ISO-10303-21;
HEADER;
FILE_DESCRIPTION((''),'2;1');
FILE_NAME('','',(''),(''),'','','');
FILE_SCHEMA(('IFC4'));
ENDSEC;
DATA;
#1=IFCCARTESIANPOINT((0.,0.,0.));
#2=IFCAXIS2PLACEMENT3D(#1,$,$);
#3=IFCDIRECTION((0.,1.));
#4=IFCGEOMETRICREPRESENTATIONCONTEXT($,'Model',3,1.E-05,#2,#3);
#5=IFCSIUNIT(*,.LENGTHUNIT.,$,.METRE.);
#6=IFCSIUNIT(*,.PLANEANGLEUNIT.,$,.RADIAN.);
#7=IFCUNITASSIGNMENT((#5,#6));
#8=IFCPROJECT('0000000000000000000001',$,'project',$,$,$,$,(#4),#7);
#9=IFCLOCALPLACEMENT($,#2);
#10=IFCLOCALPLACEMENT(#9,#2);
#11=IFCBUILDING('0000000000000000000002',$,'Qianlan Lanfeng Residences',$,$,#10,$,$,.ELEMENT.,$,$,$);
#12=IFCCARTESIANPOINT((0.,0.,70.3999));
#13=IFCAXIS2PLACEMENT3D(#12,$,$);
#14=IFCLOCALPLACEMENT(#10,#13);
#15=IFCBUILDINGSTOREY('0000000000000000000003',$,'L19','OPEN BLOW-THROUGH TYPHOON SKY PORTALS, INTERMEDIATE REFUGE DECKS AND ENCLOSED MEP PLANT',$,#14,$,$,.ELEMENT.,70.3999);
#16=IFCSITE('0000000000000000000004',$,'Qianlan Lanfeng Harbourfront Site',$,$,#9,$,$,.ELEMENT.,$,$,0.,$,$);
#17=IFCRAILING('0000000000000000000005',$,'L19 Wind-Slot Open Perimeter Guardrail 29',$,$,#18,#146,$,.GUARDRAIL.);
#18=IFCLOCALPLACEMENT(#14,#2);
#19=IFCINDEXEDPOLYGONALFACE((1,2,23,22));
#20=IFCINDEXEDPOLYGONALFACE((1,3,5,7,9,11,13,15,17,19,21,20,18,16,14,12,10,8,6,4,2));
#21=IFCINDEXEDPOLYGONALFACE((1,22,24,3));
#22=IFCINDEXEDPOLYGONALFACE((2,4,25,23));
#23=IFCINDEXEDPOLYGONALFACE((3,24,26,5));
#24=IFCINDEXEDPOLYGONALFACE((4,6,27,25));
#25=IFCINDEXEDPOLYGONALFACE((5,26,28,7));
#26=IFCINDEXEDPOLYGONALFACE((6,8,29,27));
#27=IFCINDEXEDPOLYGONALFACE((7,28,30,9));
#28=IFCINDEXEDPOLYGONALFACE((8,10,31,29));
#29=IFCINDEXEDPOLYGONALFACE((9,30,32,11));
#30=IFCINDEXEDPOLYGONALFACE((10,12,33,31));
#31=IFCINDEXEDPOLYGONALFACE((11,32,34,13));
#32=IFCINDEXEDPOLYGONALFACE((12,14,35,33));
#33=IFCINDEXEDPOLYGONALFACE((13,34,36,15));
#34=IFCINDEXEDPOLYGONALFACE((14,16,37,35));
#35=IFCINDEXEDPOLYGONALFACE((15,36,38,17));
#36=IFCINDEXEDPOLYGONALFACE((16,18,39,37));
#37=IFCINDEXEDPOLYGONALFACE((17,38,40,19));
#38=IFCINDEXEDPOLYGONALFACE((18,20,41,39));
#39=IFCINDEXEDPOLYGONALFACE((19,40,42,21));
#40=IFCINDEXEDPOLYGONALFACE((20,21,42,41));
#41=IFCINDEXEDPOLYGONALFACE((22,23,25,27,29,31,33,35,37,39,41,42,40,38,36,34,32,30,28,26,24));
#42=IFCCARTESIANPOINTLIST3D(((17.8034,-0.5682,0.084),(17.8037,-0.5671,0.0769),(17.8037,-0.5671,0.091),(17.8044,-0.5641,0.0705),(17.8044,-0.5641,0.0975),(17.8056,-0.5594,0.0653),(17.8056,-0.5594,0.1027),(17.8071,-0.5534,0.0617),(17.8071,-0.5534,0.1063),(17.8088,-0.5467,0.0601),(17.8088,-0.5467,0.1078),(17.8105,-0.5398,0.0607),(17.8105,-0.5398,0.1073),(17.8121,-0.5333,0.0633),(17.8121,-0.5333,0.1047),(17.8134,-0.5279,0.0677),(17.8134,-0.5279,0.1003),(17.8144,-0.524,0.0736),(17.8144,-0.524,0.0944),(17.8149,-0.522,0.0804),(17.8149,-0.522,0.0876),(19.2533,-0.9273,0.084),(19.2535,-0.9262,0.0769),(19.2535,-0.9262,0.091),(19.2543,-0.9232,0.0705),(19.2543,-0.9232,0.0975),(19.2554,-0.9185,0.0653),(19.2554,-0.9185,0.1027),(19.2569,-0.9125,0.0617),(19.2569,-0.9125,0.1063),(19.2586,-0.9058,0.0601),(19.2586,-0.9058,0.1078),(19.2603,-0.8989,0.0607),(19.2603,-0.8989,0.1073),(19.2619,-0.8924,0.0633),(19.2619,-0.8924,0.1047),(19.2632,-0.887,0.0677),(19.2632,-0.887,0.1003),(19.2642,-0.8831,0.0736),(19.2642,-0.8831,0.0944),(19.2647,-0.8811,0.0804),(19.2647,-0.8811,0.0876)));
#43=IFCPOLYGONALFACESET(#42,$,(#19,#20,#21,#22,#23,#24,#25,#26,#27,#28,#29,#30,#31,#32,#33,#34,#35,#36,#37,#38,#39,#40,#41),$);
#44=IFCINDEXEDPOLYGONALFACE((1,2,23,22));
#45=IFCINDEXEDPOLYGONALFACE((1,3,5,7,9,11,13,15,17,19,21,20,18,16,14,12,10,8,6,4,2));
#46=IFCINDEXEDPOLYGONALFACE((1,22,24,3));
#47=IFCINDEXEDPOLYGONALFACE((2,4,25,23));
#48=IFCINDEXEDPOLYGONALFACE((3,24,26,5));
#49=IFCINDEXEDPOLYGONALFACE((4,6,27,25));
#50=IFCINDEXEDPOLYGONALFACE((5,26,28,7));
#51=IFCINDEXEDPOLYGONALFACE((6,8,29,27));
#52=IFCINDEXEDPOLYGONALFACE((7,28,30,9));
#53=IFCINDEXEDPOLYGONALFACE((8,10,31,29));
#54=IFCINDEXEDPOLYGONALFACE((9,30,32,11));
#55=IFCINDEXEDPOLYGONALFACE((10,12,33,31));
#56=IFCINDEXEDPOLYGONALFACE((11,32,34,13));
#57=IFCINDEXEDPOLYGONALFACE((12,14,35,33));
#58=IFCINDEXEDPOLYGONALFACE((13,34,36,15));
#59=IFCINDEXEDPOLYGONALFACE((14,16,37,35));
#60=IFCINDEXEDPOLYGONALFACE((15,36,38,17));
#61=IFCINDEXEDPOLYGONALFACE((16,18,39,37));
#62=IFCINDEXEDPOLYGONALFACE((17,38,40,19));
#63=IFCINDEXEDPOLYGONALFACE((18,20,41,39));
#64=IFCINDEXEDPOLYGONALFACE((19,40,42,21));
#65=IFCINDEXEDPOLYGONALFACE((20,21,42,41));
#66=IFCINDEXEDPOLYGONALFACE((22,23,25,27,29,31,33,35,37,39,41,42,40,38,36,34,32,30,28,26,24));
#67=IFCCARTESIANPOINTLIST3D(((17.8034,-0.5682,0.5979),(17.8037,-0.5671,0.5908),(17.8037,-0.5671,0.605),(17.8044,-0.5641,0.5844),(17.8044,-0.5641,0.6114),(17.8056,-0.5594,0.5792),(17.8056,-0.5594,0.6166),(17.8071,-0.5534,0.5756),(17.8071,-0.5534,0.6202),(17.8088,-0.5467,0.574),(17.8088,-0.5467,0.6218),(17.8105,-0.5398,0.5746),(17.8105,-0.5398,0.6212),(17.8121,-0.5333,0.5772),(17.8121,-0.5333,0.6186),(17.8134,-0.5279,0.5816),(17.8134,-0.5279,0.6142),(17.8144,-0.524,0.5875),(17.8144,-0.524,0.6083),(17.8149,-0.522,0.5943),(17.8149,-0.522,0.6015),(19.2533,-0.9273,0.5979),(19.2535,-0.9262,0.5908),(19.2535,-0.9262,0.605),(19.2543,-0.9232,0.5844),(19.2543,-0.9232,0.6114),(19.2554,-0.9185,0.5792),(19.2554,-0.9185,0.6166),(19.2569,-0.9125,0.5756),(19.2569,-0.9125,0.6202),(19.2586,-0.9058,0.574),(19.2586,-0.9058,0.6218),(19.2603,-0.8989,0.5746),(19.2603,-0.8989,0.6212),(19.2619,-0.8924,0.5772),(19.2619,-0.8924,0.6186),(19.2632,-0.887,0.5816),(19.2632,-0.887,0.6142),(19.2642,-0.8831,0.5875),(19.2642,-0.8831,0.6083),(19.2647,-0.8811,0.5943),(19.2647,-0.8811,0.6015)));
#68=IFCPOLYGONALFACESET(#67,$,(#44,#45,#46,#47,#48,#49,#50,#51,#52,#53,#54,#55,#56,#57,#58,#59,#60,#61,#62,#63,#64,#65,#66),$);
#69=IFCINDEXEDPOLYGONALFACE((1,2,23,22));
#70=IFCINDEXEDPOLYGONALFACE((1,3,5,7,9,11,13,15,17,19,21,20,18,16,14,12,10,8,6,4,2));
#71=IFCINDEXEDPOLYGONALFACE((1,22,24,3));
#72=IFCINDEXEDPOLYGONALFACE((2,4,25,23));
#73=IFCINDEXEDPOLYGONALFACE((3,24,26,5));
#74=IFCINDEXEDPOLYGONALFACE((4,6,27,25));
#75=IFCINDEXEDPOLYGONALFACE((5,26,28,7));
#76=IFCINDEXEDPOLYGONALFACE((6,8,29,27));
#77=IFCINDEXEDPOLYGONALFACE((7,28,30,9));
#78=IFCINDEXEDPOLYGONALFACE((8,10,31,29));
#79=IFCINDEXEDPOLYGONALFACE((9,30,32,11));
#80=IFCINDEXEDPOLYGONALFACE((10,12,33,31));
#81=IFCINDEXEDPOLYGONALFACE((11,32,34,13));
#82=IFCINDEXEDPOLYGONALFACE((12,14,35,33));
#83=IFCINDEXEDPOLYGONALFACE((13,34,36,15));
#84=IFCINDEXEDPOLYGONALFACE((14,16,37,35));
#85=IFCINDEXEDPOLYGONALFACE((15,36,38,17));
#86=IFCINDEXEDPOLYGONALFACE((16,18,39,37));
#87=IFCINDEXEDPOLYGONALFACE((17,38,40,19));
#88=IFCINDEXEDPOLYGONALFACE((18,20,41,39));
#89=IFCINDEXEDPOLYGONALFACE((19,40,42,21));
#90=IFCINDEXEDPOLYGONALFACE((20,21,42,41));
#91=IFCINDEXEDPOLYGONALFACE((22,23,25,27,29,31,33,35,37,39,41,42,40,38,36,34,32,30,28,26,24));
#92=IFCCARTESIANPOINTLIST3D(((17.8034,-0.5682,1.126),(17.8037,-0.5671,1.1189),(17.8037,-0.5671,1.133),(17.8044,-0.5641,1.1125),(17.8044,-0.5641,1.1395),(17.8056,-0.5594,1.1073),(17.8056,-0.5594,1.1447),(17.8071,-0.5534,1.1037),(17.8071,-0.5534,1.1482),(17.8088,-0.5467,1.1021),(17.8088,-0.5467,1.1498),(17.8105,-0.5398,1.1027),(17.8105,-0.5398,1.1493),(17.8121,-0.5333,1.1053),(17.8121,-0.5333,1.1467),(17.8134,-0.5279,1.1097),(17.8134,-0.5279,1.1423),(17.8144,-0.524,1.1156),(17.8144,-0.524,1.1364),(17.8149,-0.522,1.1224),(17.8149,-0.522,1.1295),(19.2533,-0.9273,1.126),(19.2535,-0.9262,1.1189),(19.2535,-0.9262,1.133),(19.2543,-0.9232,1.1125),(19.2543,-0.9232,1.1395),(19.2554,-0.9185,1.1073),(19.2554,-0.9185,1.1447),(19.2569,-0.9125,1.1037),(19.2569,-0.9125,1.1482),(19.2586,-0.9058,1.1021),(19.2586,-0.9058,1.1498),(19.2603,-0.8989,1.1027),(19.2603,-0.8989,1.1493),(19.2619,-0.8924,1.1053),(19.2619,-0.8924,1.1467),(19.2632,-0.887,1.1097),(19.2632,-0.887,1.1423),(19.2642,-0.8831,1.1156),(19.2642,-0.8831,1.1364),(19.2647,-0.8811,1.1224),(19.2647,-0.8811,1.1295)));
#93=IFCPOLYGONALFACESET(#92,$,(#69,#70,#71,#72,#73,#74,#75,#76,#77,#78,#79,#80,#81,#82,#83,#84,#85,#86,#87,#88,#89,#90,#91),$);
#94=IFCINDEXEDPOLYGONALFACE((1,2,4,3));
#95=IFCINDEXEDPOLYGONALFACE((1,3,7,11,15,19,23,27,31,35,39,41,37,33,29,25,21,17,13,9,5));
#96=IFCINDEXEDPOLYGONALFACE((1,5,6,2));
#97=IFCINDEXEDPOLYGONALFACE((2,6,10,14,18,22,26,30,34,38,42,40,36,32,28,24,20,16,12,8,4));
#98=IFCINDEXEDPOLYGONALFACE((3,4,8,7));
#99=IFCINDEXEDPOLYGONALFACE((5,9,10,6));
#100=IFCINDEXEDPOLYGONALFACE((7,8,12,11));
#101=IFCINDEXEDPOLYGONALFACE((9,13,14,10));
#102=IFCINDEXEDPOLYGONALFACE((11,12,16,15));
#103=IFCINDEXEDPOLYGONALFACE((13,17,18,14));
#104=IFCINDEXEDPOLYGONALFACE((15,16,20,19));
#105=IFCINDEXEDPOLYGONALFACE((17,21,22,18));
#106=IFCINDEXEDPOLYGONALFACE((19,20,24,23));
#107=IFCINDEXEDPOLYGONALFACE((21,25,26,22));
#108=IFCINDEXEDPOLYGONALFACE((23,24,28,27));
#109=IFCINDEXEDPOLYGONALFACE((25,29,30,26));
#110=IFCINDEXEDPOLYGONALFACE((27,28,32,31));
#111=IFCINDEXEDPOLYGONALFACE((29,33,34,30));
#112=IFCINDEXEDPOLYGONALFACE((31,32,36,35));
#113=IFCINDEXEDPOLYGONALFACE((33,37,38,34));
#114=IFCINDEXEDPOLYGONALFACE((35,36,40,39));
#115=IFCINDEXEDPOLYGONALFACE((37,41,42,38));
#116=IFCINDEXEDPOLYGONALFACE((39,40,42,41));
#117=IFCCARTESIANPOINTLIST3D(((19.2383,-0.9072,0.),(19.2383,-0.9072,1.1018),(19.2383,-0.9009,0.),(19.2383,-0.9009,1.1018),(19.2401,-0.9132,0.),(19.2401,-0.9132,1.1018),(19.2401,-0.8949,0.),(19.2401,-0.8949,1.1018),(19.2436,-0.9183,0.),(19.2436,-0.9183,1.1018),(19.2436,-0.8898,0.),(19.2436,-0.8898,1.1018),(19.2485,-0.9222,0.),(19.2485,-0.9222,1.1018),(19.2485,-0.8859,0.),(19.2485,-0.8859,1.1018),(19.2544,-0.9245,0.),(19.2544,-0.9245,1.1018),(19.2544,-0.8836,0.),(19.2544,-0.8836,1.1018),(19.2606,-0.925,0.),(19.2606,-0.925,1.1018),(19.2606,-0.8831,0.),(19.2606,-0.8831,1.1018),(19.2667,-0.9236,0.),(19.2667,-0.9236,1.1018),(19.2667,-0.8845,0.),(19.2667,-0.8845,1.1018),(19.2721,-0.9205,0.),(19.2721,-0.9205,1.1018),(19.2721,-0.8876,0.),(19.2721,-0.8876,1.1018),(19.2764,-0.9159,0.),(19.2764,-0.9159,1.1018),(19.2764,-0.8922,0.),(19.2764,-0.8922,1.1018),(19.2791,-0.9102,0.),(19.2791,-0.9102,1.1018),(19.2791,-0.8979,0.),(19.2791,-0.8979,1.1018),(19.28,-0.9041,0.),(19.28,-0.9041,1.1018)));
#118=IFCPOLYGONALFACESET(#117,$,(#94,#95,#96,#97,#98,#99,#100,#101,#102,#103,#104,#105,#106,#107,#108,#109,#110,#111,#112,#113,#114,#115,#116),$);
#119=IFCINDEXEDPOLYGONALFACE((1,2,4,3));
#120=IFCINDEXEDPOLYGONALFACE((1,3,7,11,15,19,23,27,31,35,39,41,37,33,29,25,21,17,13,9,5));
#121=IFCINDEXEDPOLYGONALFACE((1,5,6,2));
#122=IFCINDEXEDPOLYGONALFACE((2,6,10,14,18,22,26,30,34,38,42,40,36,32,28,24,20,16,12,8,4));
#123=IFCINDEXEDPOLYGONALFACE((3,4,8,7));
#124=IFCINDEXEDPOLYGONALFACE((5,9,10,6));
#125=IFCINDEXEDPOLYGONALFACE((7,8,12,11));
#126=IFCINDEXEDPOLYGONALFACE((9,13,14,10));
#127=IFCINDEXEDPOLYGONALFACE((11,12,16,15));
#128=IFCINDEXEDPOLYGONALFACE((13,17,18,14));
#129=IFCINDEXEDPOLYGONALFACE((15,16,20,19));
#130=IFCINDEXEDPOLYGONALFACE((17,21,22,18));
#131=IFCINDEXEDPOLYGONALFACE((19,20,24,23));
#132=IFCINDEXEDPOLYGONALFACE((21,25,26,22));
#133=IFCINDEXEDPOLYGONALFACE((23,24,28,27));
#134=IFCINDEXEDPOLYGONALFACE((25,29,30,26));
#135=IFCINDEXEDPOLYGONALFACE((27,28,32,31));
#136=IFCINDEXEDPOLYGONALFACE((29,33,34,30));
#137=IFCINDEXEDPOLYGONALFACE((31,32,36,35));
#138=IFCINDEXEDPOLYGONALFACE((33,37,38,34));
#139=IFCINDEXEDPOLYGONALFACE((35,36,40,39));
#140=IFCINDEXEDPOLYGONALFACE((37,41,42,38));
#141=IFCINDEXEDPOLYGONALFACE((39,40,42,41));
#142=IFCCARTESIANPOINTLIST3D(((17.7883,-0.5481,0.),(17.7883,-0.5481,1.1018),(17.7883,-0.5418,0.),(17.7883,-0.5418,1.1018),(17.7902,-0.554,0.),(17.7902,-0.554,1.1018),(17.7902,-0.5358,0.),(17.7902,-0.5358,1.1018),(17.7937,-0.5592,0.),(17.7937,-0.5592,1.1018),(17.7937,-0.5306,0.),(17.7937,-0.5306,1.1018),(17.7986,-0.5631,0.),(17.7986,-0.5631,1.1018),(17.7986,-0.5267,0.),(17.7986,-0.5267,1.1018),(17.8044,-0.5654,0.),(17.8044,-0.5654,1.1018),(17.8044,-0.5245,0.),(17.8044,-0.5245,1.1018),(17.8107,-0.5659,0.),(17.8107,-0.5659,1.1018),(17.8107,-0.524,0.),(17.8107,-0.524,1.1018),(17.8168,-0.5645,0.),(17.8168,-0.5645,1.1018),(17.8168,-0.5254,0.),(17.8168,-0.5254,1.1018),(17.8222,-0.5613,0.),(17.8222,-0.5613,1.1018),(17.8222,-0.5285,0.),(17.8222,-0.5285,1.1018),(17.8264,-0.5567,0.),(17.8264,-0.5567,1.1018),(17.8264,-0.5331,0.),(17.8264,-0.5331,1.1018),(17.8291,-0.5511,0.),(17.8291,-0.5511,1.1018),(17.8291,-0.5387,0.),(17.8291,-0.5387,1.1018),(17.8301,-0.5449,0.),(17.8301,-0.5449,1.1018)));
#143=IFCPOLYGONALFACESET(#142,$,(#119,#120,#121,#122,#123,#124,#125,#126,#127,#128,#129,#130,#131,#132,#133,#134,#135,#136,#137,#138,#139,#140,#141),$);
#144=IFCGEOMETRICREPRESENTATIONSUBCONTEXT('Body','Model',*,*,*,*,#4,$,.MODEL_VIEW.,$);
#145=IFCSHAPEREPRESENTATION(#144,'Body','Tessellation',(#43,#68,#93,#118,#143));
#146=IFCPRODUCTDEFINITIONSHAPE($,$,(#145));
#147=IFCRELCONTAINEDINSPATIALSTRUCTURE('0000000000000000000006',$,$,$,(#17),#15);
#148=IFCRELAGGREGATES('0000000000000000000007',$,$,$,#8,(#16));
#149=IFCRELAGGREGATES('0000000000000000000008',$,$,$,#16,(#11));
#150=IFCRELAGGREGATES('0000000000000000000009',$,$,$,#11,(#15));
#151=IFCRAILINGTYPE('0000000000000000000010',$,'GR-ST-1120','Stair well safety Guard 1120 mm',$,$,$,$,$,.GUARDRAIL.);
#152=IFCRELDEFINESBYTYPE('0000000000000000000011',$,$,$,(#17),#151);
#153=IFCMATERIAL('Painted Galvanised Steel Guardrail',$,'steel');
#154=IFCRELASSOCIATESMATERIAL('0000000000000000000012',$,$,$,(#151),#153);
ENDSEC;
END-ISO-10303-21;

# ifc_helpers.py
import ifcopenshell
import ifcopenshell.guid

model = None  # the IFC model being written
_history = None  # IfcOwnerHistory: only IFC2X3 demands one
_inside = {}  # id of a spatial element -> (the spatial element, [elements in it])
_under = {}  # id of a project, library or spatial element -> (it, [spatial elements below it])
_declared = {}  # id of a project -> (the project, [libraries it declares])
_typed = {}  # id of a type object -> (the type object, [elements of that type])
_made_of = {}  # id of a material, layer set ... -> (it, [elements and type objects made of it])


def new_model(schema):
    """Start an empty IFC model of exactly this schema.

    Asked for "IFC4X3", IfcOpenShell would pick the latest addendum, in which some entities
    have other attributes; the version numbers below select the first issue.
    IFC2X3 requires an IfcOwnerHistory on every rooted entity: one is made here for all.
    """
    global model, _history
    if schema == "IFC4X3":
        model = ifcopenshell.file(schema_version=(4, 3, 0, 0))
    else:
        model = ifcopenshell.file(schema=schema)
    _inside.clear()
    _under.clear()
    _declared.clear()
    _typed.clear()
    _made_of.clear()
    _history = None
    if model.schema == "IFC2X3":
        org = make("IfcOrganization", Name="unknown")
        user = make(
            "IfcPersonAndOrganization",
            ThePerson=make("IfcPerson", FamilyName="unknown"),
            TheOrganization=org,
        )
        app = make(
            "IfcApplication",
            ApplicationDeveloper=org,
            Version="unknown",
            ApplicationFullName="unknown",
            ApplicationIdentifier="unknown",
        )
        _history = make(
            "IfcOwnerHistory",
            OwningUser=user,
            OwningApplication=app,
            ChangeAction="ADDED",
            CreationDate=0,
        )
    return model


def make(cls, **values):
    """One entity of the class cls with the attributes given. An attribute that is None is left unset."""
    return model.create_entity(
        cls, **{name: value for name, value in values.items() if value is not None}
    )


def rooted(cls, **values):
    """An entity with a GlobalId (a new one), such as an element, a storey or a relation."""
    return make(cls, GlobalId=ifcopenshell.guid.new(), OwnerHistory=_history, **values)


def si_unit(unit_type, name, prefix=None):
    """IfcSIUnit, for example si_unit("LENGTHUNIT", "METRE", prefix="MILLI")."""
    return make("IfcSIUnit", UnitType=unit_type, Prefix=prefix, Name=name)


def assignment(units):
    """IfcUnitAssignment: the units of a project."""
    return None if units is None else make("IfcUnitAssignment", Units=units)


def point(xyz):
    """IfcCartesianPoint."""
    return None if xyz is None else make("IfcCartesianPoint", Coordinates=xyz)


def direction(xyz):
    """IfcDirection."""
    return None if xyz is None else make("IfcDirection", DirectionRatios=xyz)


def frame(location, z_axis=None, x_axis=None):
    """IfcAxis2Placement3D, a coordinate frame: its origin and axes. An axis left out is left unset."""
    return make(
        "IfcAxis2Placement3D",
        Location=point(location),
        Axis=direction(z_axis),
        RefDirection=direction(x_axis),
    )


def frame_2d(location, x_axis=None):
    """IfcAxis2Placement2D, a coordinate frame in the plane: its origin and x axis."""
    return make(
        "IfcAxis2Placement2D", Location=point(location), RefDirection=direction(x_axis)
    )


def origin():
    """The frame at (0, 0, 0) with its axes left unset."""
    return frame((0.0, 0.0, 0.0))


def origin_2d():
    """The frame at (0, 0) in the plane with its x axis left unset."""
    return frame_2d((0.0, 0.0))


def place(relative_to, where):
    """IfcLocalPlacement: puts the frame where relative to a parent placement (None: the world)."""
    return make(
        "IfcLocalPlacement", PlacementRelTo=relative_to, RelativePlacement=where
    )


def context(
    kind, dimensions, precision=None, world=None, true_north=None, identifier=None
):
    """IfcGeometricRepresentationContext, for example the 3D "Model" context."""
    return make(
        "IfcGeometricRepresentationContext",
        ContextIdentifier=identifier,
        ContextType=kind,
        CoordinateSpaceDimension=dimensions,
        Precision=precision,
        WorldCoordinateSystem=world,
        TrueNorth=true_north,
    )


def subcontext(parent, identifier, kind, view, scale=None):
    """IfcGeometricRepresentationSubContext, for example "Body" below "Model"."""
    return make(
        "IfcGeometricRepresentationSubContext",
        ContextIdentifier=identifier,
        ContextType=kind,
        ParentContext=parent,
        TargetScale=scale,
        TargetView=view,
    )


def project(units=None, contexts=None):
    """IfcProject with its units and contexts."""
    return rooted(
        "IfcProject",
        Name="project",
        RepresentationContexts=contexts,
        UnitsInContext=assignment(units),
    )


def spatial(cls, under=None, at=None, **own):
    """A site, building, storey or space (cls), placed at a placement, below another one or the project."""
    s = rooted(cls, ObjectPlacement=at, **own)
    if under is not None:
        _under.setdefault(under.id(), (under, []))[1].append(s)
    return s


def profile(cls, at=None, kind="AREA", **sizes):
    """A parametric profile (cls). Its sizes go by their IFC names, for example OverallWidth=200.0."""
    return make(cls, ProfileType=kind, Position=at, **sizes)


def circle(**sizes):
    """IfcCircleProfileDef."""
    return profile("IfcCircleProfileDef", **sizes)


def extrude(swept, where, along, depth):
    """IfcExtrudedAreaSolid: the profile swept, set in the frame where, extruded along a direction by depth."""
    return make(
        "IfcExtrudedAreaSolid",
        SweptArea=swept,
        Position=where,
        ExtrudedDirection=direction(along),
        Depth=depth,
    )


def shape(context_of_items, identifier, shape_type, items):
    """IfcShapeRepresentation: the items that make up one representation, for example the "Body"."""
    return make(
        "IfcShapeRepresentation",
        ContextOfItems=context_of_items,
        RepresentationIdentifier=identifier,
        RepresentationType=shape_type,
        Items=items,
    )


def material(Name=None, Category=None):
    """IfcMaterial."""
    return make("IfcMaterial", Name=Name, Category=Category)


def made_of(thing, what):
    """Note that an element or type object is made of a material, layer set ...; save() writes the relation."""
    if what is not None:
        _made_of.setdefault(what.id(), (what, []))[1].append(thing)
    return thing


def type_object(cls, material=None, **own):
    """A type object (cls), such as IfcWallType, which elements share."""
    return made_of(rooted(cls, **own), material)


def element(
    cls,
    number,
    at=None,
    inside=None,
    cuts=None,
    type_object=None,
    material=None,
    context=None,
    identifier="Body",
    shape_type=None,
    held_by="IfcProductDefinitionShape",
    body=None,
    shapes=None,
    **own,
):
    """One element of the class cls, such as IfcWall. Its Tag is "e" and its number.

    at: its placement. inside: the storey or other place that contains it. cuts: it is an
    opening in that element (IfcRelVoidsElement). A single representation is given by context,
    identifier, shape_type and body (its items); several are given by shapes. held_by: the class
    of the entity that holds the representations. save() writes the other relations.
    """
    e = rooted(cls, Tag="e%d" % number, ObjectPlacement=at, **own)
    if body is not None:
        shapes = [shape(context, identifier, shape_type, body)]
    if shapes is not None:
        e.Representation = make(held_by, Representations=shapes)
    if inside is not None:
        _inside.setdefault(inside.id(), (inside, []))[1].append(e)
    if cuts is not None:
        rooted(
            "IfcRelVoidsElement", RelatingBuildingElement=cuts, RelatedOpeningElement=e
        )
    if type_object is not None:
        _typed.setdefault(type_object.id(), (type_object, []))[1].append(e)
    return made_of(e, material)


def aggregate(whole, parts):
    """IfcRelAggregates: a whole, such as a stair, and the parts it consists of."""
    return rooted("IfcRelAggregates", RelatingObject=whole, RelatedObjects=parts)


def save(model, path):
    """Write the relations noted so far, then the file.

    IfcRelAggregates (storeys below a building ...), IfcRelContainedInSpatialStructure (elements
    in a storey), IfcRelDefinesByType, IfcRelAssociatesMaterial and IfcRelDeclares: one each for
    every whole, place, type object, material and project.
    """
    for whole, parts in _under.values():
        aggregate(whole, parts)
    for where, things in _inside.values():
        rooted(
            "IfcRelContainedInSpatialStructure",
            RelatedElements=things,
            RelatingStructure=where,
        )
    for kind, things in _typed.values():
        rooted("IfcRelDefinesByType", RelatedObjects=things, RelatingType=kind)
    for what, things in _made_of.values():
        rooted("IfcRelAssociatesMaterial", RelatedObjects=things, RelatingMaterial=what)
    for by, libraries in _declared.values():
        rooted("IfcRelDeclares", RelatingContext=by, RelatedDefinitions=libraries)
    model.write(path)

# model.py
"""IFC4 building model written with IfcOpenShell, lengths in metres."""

from ifc_helpers import new_model, si_unit, direction, frame, origin, origin_2d, place, context, subcontext, project, spatial, circle, extrude, material, type_object, element, save


model = new_model("IFC4")

# Units and contexts
model_context = context("Model", 3, precision=1e-05, world=origin(), true_north=direction((0.0, 1.0)))
body_context = subcontext(model_context, "Body", "Model", "MODEL_VIEW")
ifc_project = project(units=[si_unit("LENGTHUNIT", "METRE"), si_unit("PLANEANGLEUNIT", "RADIAN")], contexts=[model_context])

# Site, building, storey
site_placement = place(None, origin())
site = spatial("IfcSite", under=ifc_project, at=site_placement, Name="Qianlan Lanfeng Harbourfront Site", CompositionType="ELEMENT", RefElevation=0.0)
building_placement = place(site_placement, origin())
building = spatial("IfcBuilding", under=site, at=building_placement, Name="Qianlan Lanfeng Residences", CompositionType="ELEMENT")
storey_placement = place(building_placement, frame((0.0, 0.0, 70.3999)))
storey = spatial("IfcBuildingStorey", under=building, at=storey_placement, Name="L19", Description="OPEN BLOW-THROUGH TYPHOON SKY PORTALS, INTERMEDIATE REFUGE DECKS AND ENCLOSED MEP PLANT", CompositionType="ELEMENT", Elevation=70.3999)

# Railing
ifc_material_1 = material(Name="Painted Galvanised Steel Guardrail", Category="steel")
railing_type = type_object("IfcRailingType", Name="GR-ST-1120", Description="Stair well safety Guard 1120 mm", PredefinedType="GUARDRAIL", material=ifc_material_1)
railing_1_placement = place(storey_placement, frame((19.259, -0.9041, 0.0)))
element("IfcRailing", 1, at=railing_1_placement, inside=storey, type_object=railing_type, Name="L19 Wind-Slot Open Perimeter Guardrail 29", PredefinedType="GUARDRAIL", context=body_context, shape_type="SweptSolid", body=[
    extrude(circle(Radius=0.0239, at=origin_2d()), frame((0.0, 0.0, 0.084), z_axis=(-0.970669, 0.24042, 0.0), x_axis=(-0.24042, -0.970669, 0.0)), (0.0, 0.0, 1.0), 1.4937),
    extrude(circle(Radius=0.0239, at=origin_2d()), frame((0.0, 0.0, 0.5979), z_axis=(-0.970669, 0.24042, 0.0), x_axis=(-0.24042, -0.970669, 0.0)), (0.0, 0.0, 1.0), 1.4937),
    extrude(circle(Radius=0.0239, at=origin_2d()), frame((0.0, 0.0, 1.126), z_axis=(-0.970669, 0.24042, 0.0), x_axis=(-0.24042, -0.970669, 0.0)), (0.0, 0.0, 1.0), 1.4937),
    extrude(circle(Radius=0.021, at=origin_2d()), origin(), (0.0, 0.0, 1.0), 1.1018),
    extrude(circle(Radius=0.021, at=origin_2d()), frame((-1.45, 0.3591, 0.0)), (0.0, 0.0, 1.0), 1.1018),
])

save(model, "model.ifc")
